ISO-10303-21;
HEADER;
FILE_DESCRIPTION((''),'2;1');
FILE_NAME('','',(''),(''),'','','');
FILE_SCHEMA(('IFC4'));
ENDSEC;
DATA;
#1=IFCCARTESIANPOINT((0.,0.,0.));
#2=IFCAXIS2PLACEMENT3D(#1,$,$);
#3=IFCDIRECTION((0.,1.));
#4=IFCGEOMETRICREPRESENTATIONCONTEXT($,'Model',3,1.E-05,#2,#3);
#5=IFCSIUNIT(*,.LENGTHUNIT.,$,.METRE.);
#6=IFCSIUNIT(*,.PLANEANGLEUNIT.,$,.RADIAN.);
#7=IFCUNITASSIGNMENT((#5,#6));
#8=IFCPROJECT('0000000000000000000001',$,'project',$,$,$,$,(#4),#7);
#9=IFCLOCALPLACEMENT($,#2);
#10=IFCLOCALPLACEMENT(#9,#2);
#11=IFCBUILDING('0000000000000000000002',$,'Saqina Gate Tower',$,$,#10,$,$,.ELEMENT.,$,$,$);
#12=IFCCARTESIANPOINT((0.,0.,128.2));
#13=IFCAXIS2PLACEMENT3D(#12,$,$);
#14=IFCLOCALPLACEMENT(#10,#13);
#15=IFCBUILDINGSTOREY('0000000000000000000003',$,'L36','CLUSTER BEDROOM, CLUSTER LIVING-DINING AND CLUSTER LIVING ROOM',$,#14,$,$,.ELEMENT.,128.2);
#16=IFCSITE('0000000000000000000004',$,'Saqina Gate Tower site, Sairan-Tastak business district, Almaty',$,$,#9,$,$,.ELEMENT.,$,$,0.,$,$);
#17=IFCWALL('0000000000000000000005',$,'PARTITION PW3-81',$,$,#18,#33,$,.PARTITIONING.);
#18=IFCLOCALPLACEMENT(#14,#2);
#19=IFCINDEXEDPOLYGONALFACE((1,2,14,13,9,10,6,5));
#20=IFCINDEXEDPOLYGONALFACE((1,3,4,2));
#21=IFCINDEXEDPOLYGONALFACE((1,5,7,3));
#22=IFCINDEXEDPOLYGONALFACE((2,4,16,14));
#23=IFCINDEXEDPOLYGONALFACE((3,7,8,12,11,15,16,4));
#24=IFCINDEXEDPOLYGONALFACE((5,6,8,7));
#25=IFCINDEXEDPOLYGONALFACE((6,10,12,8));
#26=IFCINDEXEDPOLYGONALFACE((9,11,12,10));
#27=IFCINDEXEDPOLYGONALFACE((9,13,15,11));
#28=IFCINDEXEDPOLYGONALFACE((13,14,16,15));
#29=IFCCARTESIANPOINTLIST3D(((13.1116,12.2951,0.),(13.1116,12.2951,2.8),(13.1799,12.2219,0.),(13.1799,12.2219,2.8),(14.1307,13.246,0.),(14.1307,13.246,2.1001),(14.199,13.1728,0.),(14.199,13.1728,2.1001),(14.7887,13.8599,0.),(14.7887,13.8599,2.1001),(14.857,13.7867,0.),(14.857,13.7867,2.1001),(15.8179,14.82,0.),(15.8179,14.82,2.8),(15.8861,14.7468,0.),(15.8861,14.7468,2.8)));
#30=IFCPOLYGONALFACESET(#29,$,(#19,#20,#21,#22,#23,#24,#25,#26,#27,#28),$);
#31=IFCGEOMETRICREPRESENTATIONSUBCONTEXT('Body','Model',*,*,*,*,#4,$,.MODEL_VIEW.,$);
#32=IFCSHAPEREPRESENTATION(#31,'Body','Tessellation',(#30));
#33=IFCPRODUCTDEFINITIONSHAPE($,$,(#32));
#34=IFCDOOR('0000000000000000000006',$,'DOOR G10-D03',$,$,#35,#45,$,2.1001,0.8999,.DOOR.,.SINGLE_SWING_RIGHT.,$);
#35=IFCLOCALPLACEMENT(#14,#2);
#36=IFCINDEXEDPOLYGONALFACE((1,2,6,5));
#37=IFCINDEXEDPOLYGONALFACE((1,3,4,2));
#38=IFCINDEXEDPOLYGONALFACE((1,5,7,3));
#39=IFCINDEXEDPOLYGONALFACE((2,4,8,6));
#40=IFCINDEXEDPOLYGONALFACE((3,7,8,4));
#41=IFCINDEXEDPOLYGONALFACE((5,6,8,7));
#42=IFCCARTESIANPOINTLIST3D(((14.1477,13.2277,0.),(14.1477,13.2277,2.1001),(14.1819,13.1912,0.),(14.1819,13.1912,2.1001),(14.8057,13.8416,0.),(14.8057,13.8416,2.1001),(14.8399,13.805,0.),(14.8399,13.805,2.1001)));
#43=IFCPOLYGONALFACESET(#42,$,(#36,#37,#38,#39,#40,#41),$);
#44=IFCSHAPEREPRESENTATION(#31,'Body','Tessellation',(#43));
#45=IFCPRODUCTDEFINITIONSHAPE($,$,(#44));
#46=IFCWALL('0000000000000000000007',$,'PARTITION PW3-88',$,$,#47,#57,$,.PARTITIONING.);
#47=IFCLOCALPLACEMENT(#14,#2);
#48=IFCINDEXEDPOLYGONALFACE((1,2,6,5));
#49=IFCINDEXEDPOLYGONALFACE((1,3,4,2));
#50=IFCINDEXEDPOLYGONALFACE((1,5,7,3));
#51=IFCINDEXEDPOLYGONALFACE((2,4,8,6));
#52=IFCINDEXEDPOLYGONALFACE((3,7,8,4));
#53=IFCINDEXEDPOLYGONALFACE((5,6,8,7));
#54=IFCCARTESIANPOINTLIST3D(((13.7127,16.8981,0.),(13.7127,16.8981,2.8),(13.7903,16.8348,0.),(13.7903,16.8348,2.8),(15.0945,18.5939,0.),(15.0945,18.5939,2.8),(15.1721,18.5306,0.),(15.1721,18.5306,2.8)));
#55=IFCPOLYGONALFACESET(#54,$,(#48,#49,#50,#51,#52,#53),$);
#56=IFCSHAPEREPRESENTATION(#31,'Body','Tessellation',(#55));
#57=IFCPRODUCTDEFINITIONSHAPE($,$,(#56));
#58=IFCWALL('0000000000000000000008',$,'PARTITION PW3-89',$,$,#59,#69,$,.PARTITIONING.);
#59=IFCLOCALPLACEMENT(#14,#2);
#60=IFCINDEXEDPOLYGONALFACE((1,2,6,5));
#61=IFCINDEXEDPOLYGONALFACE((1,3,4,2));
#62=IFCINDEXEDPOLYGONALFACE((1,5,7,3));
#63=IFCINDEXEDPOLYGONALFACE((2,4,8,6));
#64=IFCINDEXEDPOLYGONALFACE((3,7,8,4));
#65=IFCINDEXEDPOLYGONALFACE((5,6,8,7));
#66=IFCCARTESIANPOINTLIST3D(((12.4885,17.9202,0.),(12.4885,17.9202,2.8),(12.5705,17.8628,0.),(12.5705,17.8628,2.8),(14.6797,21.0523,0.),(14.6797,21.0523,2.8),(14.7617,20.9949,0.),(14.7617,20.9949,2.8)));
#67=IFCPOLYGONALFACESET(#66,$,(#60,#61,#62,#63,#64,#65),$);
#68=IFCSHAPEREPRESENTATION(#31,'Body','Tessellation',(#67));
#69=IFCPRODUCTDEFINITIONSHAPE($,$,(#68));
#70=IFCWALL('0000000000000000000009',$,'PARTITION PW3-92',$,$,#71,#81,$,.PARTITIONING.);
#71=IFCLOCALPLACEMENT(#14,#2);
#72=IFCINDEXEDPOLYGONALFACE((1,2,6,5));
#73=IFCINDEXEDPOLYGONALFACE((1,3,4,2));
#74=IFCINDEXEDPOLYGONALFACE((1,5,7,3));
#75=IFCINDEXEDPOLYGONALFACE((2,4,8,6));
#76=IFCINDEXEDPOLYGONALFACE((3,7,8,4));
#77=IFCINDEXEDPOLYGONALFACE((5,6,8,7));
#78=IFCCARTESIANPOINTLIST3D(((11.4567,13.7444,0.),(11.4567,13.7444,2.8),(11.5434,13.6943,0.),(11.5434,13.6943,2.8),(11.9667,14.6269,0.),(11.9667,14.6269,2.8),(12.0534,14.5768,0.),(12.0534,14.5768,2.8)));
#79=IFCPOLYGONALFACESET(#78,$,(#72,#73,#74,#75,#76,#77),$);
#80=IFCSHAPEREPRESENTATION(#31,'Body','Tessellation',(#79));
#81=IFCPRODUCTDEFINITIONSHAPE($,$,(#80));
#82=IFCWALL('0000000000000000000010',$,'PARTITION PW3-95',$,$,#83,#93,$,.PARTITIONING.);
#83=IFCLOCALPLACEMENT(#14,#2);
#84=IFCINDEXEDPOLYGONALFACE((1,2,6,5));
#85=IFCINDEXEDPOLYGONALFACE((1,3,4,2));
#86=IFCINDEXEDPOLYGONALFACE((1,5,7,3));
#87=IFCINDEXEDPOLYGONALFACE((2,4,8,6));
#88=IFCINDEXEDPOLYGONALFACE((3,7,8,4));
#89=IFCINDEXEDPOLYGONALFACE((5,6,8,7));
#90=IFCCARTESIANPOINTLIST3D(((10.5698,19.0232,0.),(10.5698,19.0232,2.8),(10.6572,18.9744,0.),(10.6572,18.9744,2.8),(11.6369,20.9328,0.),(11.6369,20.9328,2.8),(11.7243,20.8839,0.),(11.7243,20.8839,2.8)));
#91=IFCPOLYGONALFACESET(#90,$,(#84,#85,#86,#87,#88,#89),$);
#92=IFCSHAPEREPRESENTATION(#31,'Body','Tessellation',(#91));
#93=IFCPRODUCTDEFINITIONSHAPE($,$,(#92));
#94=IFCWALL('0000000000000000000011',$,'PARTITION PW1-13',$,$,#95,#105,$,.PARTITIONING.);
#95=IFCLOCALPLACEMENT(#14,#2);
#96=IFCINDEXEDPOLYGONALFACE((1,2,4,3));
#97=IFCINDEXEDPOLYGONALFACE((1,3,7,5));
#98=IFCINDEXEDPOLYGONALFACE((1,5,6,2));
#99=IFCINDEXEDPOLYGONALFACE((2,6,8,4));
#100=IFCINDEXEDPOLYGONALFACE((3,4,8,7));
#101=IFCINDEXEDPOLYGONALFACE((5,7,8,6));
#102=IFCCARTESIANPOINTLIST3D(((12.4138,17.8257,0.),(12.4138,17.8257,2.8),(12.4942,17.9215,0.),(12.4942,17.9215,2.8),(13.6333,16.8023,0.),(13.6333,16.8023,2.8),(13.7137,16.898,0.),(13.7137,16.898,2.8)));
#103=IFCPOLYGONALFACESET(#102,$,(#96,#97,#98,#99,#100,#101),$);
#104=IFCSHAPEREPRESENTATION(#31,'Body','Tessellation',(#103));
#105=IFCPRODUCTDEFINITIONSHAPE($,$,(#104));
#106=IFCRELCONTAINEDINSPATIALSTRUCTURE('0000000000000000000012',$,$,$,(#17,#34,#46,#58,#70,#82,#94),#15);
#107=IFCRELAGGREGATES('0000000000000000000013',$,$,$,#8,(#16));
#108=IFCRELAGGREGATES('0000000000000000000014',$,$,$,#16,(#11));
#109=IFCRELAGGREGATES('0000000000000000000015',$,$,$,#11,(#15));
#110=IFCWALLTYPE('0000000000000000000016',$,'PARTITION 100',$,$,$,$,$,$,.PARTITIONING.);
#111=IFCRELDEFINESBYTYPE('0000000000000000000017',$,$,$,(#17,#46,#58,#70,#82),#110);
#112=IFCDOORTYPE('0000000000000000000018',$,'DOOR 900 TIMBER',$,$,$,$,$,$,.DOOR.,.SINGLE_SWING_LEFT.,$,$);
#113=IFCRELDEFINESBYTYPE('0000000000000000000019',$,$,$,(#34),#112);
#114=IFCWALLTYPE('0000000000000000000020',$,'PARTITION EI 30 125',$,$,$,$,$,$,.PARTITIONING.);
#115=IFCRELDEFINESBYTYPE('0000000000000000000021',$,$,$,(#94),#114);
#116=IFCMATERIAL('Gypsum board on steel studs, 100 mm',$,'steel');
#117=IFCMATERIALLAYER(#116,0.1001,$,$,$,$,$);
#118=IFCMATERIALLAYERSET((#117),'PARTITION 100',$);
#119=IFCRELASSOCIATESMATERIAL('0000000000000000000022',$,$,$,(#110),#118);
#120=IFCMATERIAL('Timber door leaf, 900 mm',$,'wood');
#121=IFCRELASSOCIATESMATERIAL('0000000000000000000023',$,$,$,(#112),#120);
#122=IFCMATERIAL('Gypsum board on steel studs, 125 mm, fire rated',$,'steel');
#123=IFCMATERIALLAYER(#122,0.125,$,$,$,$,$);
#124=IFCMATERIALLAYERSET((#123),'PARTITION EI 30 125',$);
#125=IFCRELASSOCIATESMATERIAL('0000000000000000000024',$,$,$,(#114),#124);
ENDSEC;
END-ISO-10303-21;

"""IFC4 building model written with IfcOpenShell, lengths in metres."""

from ifc_helpers import new_model, si_unit, direction, frame, frame_2d, origin, place, context, subcontext, project, spatial, rectangle, extrude, material, layer, layer_set, type_object, element, fill, save


model = new_model("IFC4")

# Units and contexts
model_context = context("Model", 3, precision=1e-05, world=origin(), true_north=direction((0.0, 1.0)))
body_context = subcontext(model_context, "Body", "Model", "MODEL_VIEW")
ifc_project = project(units=[si_unit("LENGTHUNIT", "METRE"), si_unit("PLANEANGLEUNIT", "RADIAN")], contexts=[model_context])

# Site, building, storey
site_placement = place(None, origin())
site = spatial("IfcSite", under=ifc_project, at=site_placement, Name="Saqina Gate Tower site, Sairan-Tastak business district, Almaty", CompositionType="ELEMENT", RefElevation=0.0)
building_placement = place(site_placement, origin())
building = spatial("IfcBuilding", under=site, at=building_placement, Name="Saqina Gate Tower", CompositionType="ELEMENT")
storey_placement = place(building_placement, frame((0.0, 0.0, 128.2)))
storey = spatial("IfcBuildingStorey", under=building, at=storey_placement, Name="L36", Description="CLUSTER BEDROOM, CLUSTER LIVING-DINING AND CLUSTER LIVING ROOM", CompositionType="ELEMENT", Elevation=128.2)

# Shared definitions
ifc_material_1 = material(Name="Gypsum board on steel studs, 100 mm", Category="steel")
ifc_layer_1 = layer(ifc_material_1, 0.1001)
ifc_layer_set_1 = layer_set([ifc_layer_1], Name="PARTITION 100")
wall_type_1 = type_object("IfcWallType", Name="PARTITION 100", PredefinedType="PARTITIONING", material=ifc_layer_set_1)

# Wall, opening, door
wall_1_placement = place(storey_placement, frame((13.1458, 12.2585, 0.0), z_axis=(0.0, 0.0, 1.0), x_axis=(0.731187, 0.682177, 0.0)))
wall_1 = element("IfcWall", 1, at=wall_1_placement, inside=storey, type_object=wall_type_1, Name="PARTITION PW3-81", PredefinedType="PARTITIONING", context=body_context, shape_type="SweptSolid", body=[
    extrude(rectangle(XDim=3.7012, YDim=0.1001, at=frame_2d((1.8506, 0.0))), origin(), (0.0, 0.0, 1.0), 2.8),
])
opening_1_placement = place(wall_1_placement, frame((1.3938, 0.0, 0.0)))
opening_1 = element("IfcOpeningElement", 2, at=opening_1_placement, cuts=wall_1, PredefinedType="OPENING", context=body_context, shape_type="SweptSolid", body=[
    extrude(rectangle(XDim=0.8999, YDim=2.1001, at=frame_2d((0.45, 1.05))), frame((0.0, 0.062, 0.0), z_axis=(0.0, -1.0, 0.0), x_axis=(1.0, 0.0, 0.0)), (0.0, 0.0, 1.0), 0.124),
])
ifc_material_2 = material(Name="Timber door leaf, 900 mm", Category="wood")
door_type_1 = type_object("IfcDoorType", Name="DOOR 900 TIMBER", OperationType="SINGLE_SWING_LEFT", PredefinedType="DOOR", material=ifc_material_2)
door_1_placement = place(opening_1_placement, frame((0.8999, 0.0, 0.0), z_axis=(0.0, 0.0, 1.0), x_axis=(-1.0, 0.0, 0.0)))
door_1 = element("IfcDoor", 3, at=door_1_placement, inside=storey, type_object=door_type_1, Name="DOOR G10-D03", OperationType="SINGLE_SWING_RIGHT", OverallHeight=2.1001, OverallWidth=0.8999, PredefinedType="DOOR", context=body_context, shape_type="SweptSolid", body=[
    extrude(rectangle(XDim=0.8999, YDim=2.1001, at=frame_2d((0.45, 1.05))), frame((0.0, 0.0249, 0.0), z_axis=(0.0, -1.0, 0.0), x_axis=(1.0, 0.0, 0.0)), (0.0, 0.0, 1.0), 0.05),
])
fill(opening_1, door_1)

# Walls
wall_2_placement = place(storey_placement, frame((13.7515, 16.8665, 0.0), z_axis=(0.0, 0.0, 1.0), x_axis=(0.631693, 0.775219, 0.0)))
element("IfcWall", 4, at=wall_2_placement, inside=storey, type_object=wall_type_1, Name="PARTITION PW3-88", PredefinedType="PARTITIONING", context=body_context, shape_type="SweptSolid", body=[
    extrude(rectangle(XDim=2.1875, YDim=0.1001, at=frame_2d((1.0938, 0.0))), origin(), (0.0, 0.0, 1.0), 2.8),
])
wall_3_placement = place(storey_placement, frame((12.5295, 17.8916, 0.0), z_axis=(0.0, 0.0, 1.0), x_axis=(0.573235, 0.819391, 0.0)))
element("IfcWall", 5, at=wall_3_placement, inside=storey, type_object=wall_type_1, Name="PARTITION PW3-89", PredefinedType="PARTITIONING", context=body_context, shape_type="SweptSolid", body=[
    extrude(rectangle(XDim=3.8225, YDim=0.1001, at=frame_2d((1.9111, 0.0))), origin(), (0.0, 0.0, 1.0), 2.8),
])
wall_4_placement = place(storey_placement, frame((11.5, 13.7192, 0.0), z_axis=(0.0, 0.0, 1.0), x_axis=(0.500337, 0.86583, 0.0)))
element("IfcWall", 6, at=wall_4_placement, inside=storey, type_object=wall_type_1, Name="PARTITION PW3-92", PredefinedType="PARTITIONING", context=body_context, shape_type="SweptSolid", body=[
    extrude(rectangle(XDim=1.0193, YDim=0.1001, at=frame_2d((0.5098, 0.0))), origin(), (0.0, 0.0, 1.0), 2.8),
])
wall_5_placement = place(storey_placement, frame((10.6135, 18.9988, 0.0), z_axis=(0.0, 0.0, 1.0), x_axis=(0.487811, 0.872949, 0.0)))
element("IfcWall", 7, at=wall_5_placement, inside=storey, type_object=wall_type_1, Name="PARTITION PW3-95", PredefinedType="PARTITIONING", context=body_context, shape_type="SweptSolid", body=[
    extrude(rectangle(XDim=2.1875, YDim=0.1001, at=frame_2d((1.0938, 0.0))), origin(), (0.0, 0.0, 1.0), 2.8),
])
ifc_material_3 = material(Name="Gypsum board on steel studs, 125 mm, fire rated", Category="steel")
ifc_layer_2 = layer(ifc_material_3, 0.125)
ifc_layer_set_2 = layer_set([ifc_layer_2], Name="PARTITION EI 30 125")
wall_type_2 = type_object("IfcWallType", Name="PARTITION EI 30 125", PredefinedType="PARTITIONING", material=ifc_layer_set_2)
wall_6_placement = place(storey_placement, frame((12.4541, 17.8735, 0.0), z_axis=(0.0, 0.0, 1.0), x_axis=(0.765992, -0.64285, 0.0)))
element("IfcWall", 8, at=wall_6_placement, inside=storey, type_object=wall_type_2, Name="PARTITION PW1-13", PredefinedType="PARTITIONING", context=body_context, shape_type="SweptSolid", body=[
    extrude(rectangle(XDim=1.592, YDim=0.125, at=frame_2d((0.7959, 0.0))), origin(), (0.0, 0.0, 1.0), 2.8),
])

save(model, "model.ifc")
